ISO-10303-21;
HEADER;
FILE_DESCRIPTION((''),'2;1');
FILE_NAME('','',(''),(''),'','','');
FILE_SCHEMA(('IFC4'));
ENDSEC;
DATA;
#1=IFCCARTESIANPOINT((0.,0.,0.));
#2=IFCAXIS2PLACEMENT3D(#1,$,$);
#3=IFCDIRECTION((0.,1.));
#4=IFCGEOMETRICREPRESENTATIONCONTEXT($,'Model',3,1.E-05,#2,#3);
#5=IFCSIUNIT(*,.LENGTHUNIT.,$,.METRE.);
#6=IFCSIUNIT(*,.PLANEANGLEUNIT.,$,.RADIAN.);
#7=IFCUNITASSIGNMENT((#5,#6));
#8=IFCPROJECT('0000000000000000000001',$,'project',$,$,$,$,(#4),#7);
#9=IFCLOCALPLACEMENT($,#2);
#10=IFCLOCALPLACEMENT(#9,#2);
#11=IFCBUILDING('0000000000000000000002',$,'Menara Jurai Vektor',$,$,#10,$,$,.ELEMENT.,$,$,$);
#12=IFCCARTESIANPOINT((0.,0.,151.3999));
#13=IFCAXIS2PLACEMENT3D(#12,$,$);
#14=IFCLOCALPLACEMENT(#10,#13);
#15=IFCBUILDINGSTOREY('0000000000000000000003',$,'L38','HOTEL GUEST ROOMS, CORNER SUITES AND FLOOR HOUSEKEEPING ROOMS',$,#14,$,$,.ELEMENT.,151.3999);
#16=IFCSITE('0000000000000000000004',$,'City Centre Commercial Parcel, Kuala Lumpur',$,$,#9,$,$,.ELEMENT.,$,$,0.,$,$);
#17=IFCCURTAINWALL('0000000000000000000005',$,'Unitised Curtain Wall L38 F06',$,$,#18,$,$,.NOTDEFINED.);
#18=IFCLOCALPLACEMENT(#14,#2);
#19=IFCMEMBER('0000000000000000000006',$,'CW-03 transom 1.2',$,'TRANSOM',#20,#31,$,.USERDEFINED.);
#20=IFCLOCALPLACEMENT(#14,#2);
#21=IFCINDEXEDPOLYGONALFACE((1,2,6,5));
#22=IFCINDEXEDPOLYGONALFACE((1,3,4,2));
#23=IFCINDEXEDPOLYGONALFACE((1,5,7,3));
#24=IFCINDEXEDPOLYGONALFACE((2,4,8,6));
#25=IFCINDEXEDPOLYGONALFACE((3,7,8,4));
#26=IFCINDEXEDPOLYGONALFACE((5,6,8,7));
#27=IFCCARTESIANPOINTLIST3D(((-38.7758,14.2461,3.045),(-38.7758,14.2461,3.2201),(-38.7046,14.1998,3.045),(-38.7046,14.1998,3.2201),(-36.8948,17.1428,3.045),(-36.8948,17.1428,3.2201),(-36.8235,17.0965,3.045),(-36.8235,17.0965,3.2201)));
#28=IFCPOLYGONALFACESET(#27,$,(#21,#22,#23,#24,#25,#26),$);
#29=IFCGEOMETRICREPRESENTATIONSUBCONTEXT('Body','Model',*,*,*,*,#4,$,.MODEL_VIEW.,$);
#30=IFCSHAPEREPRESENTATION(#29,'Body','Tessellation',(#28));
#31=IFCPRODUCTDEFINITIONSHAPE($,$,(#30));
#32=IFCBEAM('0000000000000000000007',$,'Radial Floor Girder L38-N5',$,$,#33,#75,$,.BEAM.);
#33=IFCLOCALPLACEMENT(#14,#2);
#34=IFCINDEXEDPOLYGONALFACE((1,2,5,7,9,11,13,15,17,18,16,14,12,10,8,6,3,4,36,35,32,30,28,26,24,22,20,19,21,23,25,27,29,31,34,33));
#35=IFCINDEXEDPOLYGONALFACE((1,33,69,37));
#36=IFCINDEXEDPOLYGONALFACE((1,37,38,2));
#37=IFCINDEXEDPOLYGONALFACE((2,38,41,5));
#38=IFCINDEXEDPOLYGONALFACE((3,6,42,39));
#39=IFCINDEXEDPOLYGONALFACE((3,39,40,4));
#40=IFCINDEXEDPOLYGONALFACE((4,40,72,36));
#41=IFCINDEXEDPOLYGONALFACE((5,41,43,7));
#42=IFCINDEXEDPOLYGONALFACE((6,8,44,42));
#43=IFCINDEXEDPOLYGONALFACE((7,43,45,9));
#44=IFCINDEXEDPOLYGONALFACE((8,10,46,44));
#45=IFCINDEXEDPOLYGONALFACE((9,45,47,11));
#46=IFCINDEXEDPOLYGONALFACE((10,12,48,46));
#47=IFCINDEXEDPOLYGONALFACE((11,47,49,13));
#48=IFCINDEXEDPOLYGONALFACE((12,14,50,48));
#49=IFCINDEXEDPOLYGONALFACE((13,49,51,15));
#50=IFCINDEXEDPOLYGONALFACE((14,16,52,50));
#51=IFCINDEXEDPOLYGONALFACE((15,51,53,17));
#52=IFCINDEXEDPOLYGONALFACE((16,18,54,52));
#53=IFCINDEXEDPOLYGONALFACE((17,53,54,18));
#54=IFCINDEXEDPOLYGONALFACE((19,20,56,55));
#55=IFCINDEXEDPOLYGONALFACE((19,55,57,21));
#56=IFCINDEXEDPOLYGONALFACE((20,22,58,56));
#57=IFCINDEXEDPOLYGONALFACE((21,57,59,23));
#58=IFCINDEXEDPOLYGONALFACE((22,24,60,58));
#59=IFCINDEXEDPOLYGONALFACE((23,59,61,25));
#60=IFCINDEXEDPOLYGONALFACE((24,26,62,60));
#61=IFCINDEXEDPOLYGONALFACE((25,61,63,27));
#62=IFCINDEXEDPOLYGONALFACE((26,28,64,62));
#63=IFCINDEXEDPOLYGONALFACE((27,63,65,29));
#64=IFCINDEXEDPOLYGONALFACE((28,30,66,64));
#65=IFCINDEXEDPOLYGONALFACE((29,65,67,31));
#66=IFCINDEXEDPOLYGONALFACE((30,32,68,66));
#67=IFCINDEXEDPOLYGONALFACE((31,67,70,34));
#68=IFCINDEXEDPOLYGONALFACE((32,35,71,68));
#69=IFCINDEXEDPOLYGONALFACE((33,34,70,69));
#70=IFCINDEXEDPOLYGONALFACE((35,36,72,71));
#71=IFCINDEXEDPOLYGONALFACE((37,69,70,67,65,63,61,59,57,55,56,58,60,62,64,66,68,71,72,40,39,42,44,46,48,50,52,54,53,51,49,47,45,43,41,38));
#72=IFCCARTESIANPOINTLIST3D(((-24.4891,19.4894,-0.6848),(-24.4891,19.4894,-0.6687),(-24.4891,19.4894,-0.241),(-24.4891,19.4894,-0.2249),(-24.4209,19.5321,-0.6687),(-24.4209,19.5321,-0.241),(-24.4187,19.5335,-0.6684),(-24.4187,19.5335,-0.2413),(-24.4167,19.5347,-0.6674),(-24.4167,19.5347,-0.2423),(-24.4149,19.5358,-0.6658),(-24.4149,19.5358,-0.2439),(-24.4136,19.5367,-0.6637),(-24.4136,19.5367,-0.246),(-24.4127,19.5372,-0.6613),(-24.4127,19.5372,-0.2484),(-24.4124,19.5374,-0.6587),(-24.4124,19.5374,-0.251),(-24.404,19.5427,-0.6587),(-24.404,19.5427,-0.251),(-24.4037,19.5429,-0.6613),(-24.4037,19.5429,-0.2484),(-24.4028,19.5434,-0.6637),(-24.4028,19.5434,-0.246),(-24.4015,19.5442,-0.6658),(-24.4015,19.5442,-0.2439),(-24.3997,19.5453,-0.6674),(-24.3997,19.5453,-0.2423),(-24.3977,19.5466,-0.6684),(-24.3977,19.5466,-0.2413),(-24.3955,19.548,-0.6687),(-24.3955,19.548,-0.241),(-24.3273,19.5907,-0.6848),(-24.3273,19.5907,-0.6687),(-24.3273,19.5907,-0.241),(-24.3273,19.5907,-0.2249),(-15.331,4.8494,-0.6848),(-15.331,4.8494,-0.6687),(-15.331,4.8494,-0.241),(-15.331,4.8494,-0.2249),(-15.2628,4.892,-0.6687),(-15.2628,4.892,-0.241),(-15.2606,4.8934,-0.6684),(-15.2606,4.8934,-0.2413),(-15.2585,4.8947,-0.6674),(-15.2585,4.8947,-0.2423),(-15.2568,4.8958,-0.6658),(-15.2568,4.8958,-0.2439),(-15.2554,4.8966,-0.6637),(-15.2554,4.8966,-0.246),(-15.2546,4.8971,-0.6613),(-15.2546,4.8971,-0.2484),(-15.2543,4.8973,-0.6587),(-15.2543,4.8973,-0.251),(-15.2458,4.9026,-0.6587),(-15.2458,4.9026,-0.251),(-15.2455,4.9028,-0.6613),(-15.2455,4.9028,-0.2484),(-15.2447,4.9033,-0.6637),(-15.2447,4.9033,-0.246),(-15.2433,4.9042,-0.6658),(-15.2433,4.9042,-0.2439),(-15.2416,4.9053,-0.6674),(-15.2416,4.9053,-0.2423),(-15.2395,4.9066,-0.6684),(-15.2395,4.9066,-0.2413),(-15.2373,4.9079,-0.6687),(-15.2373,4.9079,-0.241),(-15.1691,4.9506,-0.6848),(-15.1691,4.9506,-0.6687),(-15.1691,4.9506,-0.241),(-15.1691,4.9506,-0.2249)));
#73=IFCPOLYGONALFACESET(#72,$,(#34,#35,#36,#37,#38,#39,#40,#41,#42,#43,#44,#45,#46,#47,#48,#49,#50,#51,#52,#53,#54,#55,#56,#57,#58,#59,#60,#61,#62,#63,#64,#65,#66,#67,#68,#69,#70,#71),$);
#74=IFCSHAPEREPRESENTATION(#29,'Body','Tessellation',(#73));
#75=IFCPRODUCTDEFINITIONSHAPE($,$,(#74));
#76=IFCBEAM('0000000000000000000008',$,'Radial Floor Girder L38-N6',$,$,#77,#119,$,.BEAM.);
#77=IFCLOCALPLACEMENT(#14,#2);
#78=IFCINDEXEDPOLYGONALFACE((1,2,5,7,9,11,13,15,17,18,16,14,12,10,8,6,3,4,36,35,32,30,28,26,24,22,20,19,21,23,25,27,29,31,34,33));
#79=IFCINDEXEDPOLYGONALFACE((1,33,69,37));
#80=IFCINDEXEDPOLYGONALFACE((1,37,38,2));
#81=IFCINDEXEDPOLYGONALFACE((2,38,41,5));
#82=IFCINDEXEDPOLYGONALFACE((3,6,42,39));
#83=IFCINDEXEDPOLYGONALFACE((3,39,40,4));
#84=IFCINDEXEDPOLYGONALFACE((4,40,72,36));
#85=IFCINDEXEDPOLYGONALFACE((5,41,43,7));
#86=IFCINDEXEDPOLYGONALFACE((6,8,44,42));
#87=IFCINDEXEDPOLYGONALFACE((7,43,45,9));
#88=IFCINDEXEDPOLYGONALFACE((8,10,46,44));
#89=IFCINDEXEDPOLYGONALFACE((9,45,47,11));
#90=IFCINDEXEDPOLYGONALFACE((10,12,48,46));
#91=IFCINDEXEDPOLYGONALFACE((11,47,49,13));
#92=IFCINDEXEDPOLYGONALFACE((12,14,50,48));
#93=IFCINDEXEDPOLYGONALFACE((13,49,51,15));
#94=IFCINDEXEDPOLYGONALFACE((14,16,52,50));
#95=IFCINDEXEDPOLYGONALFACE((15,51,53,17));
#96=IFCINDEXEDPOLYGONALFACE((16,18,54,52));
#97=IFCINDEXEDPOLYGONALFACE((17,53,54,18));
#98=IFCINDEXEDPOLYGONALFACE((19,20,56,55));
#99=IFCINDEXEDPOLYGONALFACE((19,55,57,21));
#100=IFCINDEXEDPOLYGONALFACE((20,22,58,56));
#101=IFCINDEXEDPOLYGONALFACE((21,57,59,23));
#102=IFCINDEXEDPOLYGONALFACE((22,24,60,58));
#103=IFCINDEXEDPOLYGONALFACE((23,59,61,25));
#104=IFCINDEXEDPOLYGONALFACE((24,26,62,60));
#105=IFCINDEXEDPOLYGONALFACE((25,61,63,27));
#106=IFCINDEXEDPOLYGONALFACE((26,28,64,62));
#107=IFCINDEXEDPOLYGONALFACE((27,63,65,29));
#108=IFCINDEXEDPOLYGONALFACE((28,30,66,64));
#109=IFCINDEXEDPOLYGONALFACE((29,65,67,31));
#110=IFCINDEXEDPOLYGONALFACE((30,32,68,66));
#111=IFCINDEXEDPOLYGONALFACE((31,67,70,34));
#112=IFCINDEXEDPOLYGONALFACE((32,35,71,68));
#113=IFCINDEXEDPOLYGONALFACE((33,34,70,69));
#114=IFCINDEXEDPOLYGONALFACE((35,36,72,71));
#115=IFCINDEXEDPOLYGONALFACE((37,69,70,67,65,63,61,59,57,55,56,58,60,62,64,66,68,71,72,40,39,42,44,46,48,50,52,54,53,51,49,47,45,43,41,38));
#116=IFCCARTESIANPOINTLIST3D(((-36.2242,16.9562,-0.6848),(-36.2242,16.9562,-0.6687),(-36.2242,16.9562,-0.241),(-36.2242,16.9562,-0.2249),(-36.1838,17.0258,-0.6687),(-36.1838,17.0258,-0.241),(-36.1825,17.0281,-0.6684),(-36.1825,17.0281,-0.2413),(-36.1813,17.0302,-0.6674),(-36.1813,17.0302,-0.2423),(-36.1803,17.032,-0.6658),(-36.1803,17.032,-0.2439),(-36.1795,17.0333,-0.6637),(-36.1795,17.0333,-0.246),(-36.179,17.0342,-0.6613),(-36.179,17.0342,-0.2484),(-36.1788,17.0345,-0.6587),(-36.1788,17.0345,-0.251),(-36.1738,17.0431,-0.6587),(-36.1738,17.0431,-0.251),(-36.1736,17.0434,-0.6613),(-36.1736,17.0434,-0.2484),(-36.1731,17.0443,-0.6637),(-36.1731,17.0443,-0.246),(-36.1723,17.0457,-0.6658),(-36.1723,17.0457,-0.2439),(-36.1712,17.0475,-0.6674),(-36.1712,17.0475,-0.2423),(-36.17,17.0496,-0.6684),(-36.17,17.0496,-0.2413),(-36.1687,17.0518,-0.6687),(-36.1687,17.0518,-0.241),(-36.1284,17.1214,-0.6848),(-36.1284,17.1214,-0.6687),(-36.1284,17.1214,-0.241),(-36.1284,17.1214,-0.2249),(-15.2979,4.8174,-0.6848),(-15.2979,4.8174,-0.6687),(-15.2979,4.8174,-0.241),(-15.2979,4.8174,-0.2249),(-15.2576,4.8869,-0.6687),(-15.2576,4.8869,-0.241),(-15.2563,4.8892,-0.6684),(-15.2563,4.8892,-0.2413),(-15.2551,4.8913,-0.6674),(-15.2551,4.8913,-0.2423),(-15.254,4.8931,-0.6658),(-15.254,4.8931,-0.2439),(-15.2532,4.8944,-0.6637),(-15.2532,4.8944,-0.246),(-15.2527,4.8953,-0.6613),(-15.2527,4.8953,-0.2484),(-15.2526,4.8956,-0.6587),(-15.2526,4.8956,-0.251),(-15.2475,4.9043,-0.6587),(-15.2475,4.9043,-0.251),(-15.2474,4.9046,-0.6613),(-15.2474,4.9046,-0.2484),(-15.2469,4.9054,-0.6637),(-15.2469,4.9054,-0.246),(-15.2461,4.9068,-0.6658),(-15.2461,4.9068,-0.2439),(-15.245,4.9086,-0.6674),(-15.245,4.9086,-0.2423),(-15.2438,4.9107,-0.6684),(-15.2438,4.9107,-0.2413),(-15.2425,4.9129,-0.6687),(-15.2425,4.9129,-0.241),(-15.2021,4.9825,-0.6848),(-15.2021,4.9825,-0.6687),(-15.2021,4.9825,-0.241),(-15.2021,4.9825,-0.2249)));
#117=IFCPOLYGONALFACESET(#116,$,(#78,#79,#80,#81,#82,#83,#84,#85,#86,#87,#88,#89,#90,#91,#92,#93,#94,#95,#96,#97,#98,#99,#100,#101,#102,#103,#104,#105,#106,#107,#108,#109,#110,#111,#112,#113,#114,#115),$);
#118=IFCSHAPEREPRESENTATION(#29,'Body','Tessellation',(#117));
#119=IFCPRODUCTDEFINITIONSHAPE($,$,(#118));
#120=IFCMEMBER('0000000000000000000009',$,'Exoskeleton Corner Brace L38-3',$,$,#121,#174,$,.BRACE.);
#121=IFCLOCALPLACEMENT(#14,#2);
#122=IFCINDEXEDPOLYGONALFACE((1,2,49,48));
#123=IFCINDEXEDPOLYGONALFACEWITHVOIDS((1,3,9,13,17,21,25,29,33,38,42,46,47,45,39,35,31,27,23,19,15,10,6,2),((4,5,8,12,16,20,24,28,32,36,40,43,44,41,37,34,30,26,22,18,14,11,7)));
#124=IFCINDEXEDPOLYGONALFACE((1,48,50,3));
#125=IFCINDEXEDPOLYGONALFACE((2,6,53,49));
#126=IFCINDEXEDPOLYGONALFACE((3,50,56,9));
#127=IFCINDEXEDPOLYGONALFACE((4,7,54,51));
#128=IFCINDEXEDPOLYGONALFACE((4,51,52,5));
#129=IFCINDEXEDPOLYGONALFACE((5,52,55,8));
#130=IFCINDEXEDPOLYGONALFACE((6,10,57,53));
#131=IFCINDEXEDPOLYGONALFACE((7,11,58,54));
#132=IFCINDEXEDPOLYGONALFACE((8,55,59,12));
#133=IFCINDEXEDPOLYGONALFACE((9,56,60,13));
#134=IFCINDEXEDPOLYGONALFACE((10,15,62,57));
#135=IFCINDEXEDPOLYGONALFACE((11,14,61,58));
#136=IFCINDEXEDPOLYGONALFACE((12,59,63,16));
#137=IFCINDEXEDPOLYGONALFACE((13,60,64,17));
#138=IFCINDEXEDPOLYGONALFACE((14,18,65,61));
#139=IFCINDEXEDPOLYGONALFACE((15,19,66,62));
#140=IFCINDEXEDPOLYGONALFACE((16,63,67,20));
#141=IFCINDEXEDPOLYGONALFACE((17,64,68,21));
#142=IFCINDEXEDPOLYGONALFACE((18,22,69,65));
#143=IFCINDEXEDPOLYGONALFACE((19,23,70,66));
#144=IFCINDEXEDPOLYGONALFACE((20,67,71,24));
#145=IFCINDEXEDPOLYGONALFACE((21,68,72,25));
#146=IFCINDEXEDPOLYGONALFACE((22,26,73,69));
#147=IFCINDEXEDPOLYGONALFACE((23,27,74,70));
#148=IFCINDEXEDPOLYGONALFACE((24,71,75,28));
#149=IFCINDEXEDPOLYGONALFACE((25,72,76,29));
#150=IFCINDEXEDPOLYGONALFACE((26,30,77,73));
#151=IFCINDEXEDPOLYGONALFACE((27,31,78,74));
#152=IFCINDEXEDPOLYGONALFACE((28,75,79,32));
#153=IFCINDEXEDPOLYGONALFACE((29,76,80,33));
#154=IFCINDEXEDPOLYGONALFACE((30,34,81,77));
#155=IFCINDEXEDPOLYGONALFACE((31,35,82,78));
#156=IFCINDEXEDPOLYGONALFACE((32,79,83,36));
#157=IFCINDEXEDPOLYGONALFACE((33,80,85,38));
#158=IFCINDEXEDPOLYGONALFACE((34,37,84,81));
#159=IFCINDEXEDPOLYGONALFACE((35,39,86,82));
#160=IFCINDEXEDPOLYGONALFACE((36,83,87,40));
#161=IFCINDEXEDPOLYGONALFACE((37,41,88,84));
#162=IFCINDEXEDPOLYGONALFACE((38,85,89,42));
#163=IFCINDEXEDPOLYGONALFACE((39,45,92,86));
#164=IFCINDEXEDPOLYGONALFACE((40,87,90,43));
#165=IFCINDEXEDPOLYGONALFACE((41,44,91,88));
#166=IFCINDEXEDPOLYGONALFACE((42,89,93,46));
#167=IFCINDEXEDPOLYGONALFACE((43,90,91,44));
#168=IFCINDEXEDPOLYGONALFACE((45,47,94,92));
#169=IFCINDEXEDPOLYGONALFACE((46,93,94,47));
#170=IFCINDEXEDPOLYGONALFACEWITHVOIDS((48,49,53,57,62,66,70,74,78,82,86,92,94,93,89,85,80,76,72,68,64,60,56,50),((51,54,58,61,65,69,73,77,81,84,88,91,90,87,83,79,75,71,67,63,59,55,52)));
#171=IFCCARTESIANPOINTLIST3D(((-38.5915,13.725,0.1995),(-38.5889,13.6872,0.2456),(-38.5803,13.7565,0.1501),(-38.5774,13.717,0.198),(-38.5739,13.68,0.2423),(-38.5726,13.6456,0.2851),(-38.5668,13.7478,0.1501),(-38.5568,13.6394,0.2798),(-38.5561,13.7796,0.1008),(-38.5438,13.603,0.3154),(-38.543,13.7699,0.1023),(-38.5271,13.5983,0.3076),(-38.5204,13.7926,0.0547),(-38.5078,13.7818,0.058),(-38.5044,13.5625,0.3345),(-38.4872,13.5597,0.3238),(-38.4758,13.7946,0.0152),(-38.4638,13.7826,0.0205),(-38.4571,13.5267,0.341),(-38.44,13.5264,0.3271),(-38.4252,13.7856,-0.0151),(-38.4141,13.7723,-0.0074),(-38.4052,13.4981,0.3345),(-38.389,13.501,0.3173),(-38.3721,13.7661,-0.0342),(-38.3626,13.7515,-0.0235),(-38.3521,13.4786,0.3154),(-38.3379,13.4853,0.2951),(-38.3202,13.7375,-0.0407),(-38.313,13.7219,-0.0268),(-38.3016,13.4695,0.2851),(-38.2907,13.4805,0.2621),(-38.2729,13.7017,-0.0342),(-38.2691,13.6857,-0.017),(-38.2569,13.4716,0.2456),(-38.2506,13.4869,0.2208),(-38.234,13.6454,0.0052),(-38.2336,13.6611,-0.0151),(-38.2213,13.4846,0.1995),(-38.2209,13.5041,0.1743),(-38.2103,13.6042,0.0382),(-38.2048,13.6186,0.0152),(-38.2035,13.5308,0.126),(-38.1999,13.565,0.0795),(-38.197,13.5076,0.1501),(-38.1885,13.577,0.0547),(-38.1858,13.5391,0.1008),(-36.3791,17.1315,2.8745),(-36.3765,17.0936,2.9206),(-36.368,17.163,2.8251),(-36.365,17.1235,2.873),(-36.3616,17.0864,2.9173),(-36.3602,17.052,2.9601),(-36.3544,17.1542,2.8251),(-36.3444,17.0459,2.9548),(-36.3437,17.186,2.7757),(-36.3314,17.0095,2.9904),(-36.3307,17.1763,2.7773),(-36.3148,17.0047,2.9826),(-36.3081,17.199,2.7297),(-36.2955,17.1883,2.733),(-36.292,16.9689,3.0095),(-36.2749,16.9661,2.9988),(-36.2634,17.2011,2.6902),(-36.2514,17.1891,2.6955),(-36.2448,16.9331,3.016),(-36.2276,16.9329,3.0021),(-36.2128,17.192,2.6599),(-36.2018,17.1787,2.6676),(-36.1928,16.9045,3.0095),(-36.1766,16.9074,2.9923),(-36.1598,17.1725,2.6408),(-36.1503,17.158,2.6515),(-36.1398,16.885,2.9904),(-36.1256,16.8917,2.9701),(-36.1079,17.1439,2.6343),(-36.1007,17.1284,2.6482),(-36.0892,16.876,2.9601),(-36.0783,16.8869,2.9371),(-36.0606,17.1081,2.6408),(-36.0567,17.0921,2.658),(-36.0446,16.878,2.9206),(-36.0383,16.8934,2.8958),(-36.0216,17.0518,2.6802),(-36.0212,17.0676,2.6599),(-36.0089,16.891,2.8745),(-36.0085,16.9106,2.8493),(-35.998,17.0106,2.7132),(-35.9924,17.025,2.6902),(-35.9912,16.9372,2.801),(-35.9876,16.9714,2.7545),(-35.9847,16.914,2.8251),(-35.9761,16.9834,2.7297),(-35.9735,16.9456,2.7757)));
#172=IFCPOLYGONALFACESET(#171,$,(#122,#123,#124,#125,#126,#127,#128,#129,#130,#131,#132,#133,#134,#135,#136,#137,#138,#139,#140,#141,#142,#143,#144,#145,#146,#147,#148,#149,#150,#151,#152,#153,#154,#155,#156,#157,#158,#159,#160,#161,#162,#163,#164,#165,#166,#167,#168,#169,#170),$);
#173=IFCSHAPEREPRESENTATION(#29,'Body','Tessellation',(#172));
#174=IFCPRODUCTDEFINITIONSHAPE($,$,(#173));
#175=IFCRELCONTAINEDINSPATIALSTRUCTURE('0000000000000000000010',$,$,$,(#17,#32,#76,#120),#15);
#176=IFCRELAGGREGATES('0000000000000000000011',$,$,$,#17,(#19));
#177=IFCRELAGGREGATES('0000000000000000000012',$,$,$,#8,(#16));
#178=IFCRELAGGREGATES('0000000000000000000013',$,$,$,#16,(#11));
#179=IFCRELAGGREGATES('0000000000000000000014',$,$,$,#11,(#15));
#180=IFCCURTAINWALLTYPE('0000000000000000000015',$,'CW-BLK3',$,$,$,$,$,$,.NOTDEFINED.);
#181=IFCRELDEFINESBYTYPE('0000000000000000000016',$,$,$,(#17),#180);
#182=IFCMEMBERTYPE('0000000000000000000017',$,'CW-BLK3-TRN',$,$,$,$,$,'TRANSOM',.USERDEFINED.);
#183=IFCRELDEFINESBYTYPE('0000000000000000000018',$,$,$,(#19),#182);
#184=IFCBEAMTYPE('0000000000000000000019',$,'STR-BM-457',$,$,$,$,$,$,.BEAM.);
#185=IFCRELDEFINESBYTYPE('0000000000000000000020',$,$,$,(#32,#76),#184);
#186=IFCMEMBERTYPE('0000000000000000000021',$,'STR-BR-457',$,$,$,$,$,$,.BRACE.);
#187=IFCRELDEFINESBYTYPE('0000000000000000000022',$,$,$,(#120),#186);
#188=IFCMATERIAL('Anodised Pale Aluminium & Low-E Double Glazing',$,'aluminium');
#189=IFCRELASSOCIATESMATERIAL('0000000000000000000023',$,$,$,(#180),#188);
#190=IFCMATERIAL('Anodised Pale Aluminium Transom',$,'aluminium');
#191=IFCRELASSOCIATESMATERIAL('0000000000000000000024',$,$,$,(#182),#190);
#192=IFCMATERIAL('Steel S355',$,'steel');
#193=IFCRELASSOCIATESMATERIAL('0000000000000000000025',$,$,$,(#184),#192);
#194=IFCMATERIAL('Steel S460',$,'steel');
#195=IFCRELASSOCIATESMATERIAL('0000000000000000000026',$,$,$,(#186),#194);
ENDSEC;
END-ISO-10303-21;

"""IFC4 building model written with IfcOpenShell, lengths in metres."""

from ifc_helpers import new_model, si_unit, direction, frame, origin, origin_2d, place, context, subcontext, project, spatial, rectangle, hollow_circle, i_section, extrude, material, material_profile, profile_set, type_object, element, aggregate, save


model = new_model("IFC4")

# Units and contexts
model_context = context("Model", 3, precision=1e-05, world=origin(), true_north=direction((0.0, 1.0)))
body_context = subcontext(model_context, "Body", "Model", "MODEL_VIEW")
ifc_project = project(units=[si_unit("LENGTHUNIT", "METRE"), si_unit("PLANEANGLEUNIT", "RADIAN")], contexts=[model_context])

# Site, building, storey
site_placement = place(None, origin())
site = spatial("IfcSite", under=ifc_project, at=site_placement, Name="City Centre Commercial Parcel, Kuala Lumpur", CompositionType="ELEMENT", RefElevation=0.0)
building_placement = place(site_placement, origin())
building = spatial("IfcBuilding", under=site, at=building_placement, Name="Menara Jurai Vektor", CompositionType="ELEMENT")
storey_placement = place(building_placement, frame((0.0, 0.0, 151.3999)))
storey = spatial("IfcBuildingStorey", under=building, at=storey_placement, Name="L38", Description="HOTEL GUEST ROOMS, CORNER SUITES AND FLOOR HOUSEKEEPING ROOMS", CompositionType="ELEMENT", Elevation=151.3999)

# Shared definitions
ifc_material_1 = material(Name="Steel S460", Category="steel")

# Curtain wall
ifc_material_2 = material(Name="Anodised Pale Aluminium & Low-E Double Glazing", Category="aluminium")
curtain_wall_type = type_object("IfcCurtainWallType", Name="CW-BLK3", PredefinedType="NOTDEFINED", material=ifc_material_2)
curtain_wall_1_placement = place(storey_placement, origin())
curtain_wall_1 = element("IfcCurtainWall", 1, at=curtain_wall_1_placement, inside=storey, type_object=curtain_wall_type, Name="Unitised Curtain Wall L38 F06", PredefinedType="NOTDEFINED")

# Member
ifc_material_3 = material(Name="Anodised Pale Aluminium Transom", Category="aluminium")
ifc_material_profile_1 = material_profile(ifc_material_3, rectangle(XDim=0.085, YDim=0.175, at=origin_2d()), Name="ALU TRN 85x175")
ifc_profile_set_1 = profile_set([ifc_material_profile_1], Name="Anodised Pale Aluminium Transom")
member_type_1 = type_object("IfcMemberType", Name="CW-BLK3-TRN", ElementType="TRANSOM", PredefinedType="USERDEFINED", material=ifc_profile_set_1)
member_1_placement = place(storey_placement, frame((-36.8591, 17.1196, 3.1326), z_axis=(-0.544628, -0.838678, 0.0), x_axis=(0.838678, -0.544628, 0.0)))
member_1 = element("IfcMember", 2, at=member_1_placement, type_object=member_type_1, Name="CW-03 transom 1.2", ObjectType="TRANSOM", PredefinedType="USERDEFINED", context=body_context, shape_type="SweptSolid", body=[
    extrude(rectangle(XDim=0.085, YDim=0.175, at=origin_2d()), origin(), (0.0, 0.0, 1.0), 3.4539),
])

# Beams
ifc_material_4 = material(Name="Steel S355", Category="steel")
ifc_material_profile_2 = material_profile(ifc_material_4, i_section(OverallWidth=0.1909, OverallDepth=0.46, WebThickness=0.01, FlangeThickness=0.0161, FilletRadius=0.01, at=origin_2d()), Name="UKB 457x191x82")
ifc_profile_set_2 = profile_set([ifc_material_profile_2], Name="Steel S355")
beam_type_1 = type_object("IfcBeamType", Name="STR-BM-457", PredefinedType="BEAM", material=ifc_profile_set_2)
beam_1_placement = place(storey_placement, frame((-24.4082, 19.54, -0.4548), z_axis=(0.530337, -0.847787, 0.0), x_axis=(0.847787, 0.530337, 0.0)))
element("IfcBeam", 3, at=beam_1_placement, inside=storey, type_object=beam_type_1, Name="Radial Floor Girder L38-N5", PredefinedType="BEAM", context=body_context, shape_type="SweptSolid", body=[
    extrude(i_section(OverallWidth=0.1909, OverallDepth=0.46, WebThickness=0.01, FlangeThickness=0.0161, FilletRadius=0.01, at=origin_2d()), origin(), (0.0, 0.0, 1.0), 17.2686),
])
beam_2_placement = place(storey_placement, frame((-36.1763, 17.0388, -0.4548), z_axis=(0.865001, -0.50177, 0.0), x_axis=(0.50177, 0.865001, 0.0)))
element("IfcBeam", 4, at=beam_2_placement, inside=storey, type_object=beam_type_1, Name="Radial Floor Girder L38-N6", PredefinedType="BEAM", context=body_context, shape_type="SweptSolid", body=[
    extrude(i_section(OverallWidth=0.1909, OverallDepth=0.46, WebThickness=0.01, FlangeThickness=0.0161, FilletRadius=0.01, at=origin_2d()), origin(), (0.0, 0.0, 1.0), 24.1921),
])

# Member
ifc_material_profile_3 = material_profile(ifc_material_1, hollow_circle(Radius=0.2285, WallThickness=0.0161, at=origin_2d()), Name="CHS 457x16")
ifc_profile_set_3 = profile_set([ifc_material_profile_3], Name="Steel S460")
member_type_2 = type_object("IfcMemberType", Name="STR-BR-457", PredefinedType="BRACE", material=ifc_profile_set_3)
member_2_placement = place(storey_placement, frame((-38.3887, 13.6321, 0.1501), z_axis=(0.454888, 0.700403, 0.550012), x_axis=(-0.838648, 0.544674, 0.0)))
element("IfcMember", 5, at=member_2_placement, inside=storey, type_object=member_type_2, Name="Exoskeleton Corner Brace L38-3", PredefinedType="BRACE", context=body_context, shape_type="SweptSolid", body=[
    extrude(hollow_circle(Radius=0.2285, WallThickness=0.0161, at=origin_2d()), origin(), (0.0, 0.0, 1.0), 4.8635),
])

aggregate(curtain_wall_1, [member_1])

save(model, "model.ifc")
